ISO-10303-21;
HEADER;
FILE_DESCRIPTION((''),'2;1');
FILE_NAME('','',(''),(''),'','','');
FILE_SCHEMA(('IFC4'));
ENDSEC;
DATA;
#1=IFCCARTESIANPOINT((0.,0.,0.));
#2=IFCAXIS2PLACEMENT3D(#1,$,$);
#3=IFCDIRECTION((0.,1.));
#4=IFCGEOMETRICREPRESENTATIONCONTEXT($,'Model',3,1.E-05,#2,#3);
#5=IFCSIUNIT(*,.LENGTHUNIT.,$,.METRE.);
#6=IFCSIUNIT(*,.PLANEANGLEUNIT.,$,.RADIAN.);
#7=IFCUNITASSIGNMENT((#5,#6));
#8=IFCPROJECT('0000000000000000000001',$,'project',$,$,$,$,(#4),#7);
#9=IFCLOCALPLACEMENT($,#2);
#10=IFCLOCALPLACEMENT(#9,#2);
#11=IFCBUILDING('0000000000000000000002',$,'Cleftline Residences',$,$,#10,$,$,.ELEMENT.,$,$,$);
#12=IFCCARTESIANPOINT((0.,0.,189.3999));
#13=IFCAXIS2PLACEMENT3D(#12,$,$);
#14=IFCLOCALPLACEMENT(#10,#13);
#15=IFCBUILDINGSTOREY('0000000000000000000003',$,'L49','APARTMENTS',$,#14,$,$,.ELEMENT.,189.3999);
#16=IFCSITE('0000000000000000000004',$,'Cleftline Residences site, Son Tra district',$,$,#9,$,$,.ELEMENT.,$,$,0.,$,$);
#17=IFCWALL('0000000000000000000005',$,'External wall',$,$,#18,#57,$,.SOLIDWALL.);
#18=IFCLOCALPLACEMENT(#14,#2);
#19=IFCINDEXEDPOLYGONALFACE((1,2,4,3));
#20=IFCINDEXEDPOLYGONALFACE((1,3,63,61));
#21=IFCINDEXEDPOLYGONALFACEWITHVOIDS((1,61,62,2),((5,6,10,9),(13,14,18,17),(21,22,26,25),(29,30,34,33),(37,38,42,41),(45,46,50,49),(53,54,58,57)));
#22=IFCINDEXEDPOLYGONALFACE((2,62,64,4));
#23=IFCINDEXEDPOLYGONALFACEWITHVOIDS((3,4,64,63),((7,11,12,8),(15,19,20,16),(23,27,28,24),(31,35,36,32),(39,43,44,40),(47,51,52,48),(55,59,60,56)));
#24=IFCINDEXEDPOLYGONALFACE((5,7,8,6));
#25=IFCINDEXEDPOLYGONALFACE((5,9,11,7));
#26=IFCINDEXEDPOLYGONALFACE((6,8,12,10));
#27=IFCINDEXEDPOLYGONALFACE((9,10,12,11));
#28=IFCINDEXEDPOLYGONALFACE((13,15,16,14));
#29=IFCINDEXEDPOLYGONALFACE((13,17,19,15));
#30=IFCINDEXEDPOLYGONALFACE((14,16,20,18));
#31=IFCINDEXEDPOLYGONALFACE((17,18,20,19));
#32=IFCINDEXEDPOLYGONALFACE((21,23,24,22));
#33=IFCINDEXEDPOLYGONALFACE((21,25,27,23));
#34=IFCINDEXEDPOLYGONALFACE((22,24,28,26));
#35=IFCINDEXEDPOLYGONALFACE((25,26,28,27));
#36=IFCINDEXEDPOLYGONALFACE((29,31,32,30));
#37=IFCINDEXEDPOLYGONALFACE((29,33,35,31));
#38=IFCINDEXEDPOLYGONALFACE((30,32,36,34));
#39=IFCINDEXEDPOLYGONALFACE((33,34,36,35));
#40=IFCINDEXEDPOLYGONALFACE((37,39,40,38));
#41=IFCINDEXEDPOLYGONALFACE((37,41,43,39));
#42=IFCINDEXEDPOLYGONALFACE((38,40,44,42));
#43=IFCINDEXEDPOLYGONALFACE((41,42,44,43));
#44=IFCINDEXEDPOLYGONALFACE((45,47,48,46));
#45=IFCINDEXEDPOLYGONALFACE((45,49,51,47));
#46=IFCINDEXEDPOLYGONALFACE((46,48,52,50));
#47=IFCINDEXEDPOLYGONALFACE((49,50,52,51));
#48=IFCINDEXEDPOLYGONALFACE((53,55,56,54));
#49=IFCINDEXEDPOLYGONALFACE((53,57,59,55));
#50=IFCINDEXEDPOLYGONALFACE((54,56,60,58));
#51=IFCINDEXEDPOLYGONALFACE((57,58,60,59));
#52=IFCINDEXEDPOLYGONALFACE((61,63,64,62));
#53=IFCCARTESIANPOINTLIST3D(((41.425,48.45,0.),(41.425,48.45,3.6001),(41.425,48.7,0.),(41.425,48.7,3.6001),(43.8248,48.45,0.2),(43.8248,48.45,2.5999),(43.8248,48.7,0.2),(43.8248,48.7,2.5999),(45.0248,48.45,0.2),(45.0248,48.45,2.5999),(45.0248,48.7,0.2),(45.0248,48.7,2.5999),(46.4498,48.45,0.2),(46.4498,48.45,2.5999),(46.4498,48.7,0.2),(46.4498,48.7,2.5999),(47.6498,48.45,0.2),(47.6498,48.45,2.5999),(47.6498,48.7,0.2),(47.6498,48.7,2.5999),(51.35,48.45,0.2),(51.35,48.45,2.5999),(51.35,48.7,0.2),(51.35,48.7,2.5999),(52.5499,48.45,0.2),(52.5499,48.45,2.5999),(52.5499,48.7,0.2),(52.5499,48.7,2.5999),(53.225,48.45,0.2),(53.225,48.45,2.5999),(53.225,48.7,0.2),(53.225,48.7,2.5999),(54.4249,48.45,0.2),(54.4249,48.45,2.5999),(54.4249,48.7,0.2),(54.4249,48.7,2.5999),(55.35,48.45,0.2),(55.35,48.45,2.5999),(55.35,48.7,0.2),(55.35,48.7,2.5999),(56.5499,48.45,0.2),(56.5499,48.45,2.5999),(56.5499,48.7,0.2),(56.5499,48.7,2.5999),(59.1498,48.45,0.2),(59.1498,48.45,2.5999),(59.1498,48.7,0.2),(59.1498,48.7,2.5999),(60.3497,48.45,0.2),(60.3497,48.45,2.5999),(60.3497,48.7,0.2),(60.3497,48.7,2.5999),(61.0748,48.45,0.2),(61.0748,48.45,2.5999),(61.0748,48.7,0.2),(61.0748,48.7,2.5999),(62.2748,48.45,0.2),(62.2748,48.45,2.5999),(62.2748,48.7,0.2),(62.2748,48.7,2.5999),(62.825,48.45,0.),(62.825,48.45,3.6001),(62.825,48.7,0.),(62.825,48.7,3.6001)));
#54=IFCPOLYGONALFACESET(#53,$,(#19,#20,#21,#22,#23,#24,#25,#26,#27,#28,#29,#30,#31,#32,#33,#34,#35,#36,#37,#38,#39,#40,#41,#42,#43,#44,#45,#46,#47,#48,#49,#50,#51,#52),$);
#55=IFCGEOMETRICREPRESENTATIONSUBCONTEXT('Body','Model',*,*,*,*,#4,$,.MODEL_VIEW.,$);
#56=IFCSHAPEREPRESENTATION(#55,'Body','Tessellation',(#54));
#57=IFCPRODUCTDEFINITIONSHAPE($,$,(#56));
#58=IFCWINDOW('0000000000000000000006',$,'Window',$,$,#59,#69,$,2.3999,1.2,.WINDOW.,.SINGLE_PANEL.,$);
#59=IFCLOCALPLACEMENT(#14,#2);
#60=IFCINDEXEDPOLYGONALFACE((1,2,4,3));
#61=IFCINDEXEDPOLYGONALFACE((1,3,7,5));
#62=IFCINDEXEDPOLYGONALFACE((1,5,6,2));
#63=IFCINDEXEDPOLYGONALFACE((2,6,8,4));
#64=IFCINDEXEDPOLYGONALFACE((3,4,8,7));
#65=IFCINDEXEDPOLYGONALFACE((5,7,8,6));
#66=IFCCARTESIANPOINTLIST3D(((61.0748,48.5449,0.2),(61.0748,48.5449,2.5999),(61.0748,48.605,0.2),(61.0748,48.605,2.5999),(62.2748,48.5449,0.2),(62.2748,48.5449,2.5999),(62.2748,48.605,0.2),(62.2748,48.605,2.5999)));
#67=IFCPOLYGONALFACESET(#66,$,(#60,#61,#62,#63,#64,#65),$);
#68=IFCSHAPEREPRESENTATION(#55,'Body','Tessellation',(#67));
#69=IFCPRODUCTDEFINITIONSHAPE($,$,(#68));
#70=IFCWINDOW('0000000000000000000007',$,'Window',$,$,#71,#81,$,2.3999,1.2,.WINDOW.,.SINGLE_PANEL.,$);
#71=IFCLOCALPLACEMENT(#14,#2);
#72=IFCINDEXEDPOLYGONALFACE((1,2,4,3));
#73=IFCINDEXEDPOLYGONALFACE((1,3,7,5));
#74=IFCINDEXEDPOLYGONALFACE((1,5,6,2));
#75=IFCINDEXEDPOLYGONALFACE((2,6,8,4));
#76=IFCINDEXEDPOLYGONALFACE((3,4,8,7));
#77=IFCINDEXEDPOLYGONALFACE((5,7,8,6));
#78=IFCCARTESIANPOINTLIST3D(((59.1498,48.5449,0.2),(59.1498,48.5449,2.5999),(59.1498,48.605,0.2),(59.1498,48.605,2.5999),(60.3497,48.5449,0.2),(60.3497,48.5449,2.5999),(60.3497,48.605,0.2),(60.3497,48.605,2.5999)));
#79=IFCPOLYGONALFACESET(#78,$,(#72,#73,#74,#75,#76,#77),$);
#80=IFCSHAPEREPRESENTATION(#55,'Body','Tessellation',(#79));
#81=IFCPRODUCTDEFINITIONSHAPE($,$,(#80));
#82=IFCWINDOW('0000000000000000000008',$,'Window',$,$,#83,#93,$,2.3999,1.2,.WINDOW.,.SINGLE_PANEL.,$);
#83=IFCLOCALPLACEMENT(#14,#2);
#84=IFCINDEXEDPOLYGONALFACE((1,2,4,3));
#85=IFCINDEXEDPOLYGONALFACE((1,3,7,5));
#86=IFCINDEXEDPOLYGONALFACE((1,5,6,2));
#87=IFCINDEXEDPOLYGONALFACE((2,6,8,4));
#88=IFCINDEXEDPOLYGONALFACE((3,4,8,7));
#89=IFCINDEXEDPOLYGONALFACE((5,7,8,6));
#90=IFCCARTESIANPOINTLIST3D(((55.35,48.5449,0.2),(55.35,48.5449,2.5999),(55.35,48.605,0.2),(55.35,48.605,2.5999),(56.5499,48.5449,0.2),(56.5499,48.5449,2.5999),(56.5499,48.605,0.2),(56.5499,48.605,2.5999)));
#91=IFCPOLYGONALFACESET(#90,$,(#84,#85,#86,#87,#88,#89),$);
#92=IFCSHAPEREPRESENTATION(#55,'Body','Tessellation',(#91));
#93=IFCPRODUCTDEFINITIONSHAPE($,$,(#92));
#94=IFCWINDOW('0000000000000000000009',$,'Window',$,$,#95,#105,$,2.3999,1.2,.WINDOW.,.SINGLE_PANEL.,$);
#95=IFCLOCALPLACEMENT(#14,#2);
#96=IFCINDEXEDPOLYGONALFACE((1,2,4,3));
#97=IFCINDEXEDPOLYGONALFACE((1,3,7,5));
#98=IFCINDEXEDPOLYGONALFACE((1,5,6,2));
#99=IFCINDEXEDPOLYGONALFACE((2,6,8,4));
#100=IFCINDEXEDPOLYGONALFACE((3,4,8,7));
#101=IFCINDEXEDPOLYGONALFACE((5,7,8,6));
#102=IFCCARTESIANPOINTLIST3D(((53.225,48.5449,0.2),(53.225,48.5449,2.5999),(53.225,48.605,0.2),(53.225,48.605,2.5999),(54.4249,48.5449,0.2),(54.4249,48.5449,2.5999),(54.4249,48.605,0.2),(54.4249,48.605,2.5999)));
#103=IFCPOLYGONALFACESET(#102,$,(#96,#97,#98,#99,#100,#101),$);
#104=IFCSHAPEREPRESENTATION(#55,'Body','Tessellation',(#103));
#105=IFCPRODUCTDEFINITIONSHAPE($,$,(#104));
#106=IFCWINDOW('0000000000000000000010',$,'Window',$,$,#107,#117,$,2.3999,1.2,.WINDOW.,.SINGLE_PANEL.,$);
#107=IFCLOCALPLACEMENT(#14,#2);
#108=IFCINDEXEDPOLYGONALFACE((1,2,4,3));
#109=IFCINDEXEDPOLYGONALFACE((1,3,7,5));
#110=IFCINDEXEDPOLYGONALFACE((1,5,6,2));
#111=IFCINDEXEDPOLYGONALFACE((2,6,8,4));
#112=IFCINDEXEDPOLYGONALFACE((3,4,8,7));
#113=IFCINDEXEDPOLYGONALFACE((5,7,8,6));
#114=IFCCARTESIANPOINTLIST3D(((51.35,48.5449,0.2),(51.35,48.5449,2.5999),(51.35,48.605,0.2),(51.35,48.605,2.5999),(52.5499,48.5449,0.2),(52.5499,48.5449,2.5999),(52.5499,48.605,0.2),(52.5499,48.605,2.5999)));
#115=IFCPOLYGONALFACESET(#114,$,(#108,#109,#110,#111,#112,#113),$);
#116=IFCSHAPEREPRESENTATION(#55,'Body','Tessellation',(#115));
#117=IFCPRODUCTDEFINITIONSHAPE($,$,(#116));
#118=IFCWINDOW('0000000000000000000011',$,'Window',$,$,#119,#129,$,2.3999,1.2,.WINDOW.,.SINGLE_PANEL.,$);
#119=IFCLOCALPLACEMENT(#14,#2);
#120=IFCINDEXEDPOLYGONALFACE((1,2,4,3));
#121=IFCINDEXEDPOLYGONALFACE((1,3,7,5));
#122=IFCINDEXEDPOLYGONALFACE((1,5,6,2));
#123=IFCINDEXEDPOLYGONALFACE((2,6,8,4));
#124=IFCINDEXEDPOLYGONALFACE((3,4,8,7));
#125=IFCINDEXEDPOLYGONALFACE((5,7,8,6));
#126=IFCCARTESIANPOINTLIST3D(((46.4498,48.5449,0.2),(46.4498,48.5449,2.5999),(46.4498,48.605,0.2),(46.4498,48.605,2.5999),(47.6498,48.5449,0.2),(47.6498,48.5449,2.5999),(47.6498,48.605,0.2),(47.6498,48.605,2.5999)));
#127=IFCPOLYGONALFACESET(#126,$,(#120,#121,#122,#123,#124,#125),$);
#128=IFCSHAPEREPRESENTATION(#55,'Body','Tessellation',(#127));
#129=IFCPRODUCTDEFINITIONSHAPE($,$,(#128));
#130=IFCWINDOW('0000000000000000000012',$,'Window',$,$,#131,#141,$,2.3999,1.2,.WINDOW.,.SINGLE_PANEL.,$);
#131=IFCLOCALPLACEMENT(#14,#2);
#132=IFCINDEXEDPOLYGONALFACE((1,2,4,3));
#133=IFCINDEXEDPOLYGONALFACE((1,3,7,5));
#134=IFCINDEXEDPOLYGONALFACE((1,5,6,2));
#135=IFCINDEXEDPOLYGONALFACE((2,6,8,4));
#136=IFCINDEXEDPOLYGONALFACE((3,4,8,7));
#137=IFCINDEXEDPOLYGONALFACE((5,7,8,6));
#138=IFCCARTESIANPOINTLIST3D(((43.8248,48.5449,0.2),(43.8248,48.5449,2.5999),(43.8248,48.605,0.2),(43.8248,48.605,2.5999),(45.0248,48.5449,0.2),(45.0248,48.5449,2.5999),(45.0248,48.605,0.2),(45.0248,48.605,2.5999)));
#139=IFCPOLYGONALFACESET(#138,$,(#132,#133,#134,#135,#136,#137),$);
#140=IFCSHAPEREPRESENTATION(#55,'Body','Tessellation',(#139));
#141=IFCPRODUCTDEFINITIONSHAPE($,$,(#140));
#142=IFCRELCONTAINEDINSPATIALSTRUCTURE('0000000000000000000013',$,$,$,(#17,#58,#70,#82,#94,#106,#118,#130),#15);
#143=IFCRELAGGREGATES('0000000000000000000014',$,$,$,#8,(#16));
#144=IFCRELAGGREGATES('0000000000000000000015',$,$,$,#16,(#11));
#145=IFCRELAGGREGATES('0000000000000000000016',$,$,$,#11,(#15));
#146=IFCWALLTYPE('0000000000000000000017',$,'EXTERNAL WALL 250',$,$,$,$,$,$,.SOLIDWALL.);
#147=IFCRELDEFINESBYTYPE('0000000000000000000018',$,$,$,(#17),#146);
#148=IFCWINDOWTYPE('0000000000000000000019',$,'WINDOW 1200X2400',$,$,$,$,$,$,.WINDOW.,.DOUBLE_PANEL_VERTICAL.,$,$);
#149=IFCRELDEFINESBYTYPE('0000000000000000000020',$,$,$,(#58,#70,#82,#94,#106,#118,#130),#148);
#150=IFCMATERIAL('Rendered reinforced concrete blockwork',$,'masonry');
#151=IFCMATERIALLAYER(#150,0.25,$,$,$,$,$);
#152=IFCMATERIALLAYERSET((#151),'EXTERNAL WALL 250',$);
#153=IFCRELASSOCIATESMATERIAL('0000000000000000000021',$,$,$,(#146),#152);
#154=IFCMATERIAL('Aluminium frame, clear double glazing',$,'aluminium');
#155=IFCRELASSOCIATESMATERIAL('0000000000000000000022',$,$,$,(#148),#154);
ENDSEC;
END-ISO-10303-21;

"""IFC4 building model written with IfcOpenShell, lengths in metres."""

from ifc_helpers import new_model, si_unit, direction, frame, frame_2d, origin, place, context, subcontext, project, spatial, rectangle, extrude, material, layer, layer_set, type_object, element, fill, save


model = new_model("IFC4")

# Units and contexts
model_context = context("Model", 3, precision=1e-05, world=origin(), true_north=direction((0.0, 1.0)))
body_context = subcontext(model_context, "Body", "Model", "MODEL_VIEW")
ifc_project = project(units=[si_unit("LENGTHUNIT", "METRE"), si_unit("PLANEANGLEUNIT", "RADIAN")], contexts=[model_context])

# Site, building, storey
site_placement = place(None, origin())
site = spatial("IfcSite", under=ifc_project, at=site_placement, Name="Cleftline Residences site, Son Tra district", CompositionType="ELEMENT", RefElevation=0.0)
building_placement = place(site_placement, origin())
building = spatial("IfcBuilding", under=site, at=building_placement, Name="Cleftline Residences", CompositionType="ELEMENT")
storey_placement = place(building_placement, frame((0.0, 0.0, 189.3999)))
storey = spatial("IfcBuildingStorey", under=building, at=storey_placement, Name="L49", Description="APARTMENTS", CompositionType="ELEMENT", Elevation=189.3999)

# Shared definitions
ifc_material_1 = material(Name="Rendered reinforced concrete blockwork", Category="masonry")
ifc_layer_1 = layer(ifc_material_1, 0.25)
ifc_layer_set_1 = layer_set([ifc_layer_1], Name="EXTERNAL WALL 250")
wall_type_1 = type_object("IfcWallType", Name="EXTERNAL WALL 250", PredefinedType="SOLIDWALL", material=ifc_layer_set_1)
ifc_material_2 = material(Name="Aluminium frame, clear double glazing", Category="aluminium")
window_type_1 = type_object("IfcWindowType", Name="WINDOW 1200X2400", PartitioningType="DOUBLE_PANEL_VERTICAL", PredefinedType="WINDOW", material=ifc_material_2)

# Wall, openings, windows
wall_1_placement = place(storey_placement, frame((62.825, 48.575, 0.0), z_axis=(0.0, 0.0, 1.0), x_axis=(-1.0, 0.0, 0.0)))
wall_1 = element("IfcWall", 1, at=wall_1_placement, inside=storey, type_object=wall_type_1, Name="External wall", PredefinedType="SOLIDWALL", context=body_context, shape_type="SweptSolid", body=[
    extrude(rectangle(XDim=21.3999, YDim=0.25, at=frame_2d((10.7, 0.0))), origin(), (0.0, 0.0, 1.0), 3.6001),
])
opening_1_placement = place(wall_1_placement, frame((0.55, 0.0, 0.2)))
opening_1 = element("IfcOpeningElement", 2, at=opening_1_placement, cuts=wall_1, PredefinedType="OPENING", context=body_context, shape_type="SweptSolid", body=[
    extrude(rectangle(XDim=1.2, YDim=2.3999, at=frame_2d((0.6001, 1.2))), frame((0.0, 0.135, 0.0), z_axis=(0.0, -1.0, 0.0), x_axis=(1.0, 0.0, 0.0)), (0.0, 0.0, 1.0), 0.27),
])
opening_2_placement = place(wall_1_placement, frame((2.4751, 0.0, 0.2)))
opening_2 = element("IfcOpeningElement", 3, at=opening_2_placement, cuts=wall_1, PredefinedType="OPENING", context=body_context, shape_type="SweptSolid", body=[
    extrude(rectangle(XDim=1.2, YDim=2.3999, at=frame_2d((0.6001, 1.2))), frame((0.0, 0.135, 0.0), z_axis=(0.0, -1.0, 0.0), x_axis=(1.0, 0.0, 0.0)), (0.0, 0.0, 1.0), 0.27),
])
opening_3_placement = place(wall_1_placement, frame((6.2749, 0.0, 0.2)))
opening_3 = element("IfcOpeningElement", 4, at=opening_3_placement, cuts=wall_1, PredefinedType="OPENING", context=body_context, shape_type="SweptSolid", body=[
    extrude(rectangle(XDim=1.2, YDim=2.3999, at=frame_2d((0.6001, 1.2))), frame((0.0, 0.135, 0.0), z_axis=(0.0, -1.0, 0.0), x_axis=(1.0, 0.0, 0.0)), (0.0, 0.0, 1.0), 0.27),
])
opening_4_placement = place(wall_1_placement, frame((8.3999, 0.0, 0.2)))
opening_4 = element("IfcOpeningElement", 5, at=opening_4_placement, cuts=wall_1, PredefinedType="OPENING", context=body_context, shape_type="SweptSolid", body=[
    extrude(rectangle(XDim=1.2, YDim=2.3999, at=frame_2d((0.6001, 1.2))), frame((0.0, 0.135, 0.0), z_axis=(0.0, -1.0, 0.0), x_axis=(1.0, 0.0, 0.0)), (0.0, 0.0, 1.0), 0.27),
])
opening_5_placement = place(wall_1_placement, frame((10.2749, 0.0, 0.2)))
opening_5 = element("IfcOpeningElement", 6, at=opening_5_placement, cuts=wall_1, PredefinedType="OPENING", context=body_context, shape_type="SweptSolid", body=[
    extrude(rectangle(XDim=1.2, YDim=2.3999, at=frame_2d((0.6001, 1.2))), frame((0.0, 0.135, 0.0), z_axis=(0.0, -1.0, 0.0), x_axis=(1.0, 0.0, 0.0)), (0.0, 0.0, 1.0), 0.27),
])
opening_6_placement = place(wall_1_placement, frame((15.175, 0.0, 0.2)))
opening_6 = element("IfcOpeningElement", 7, at=opening_6_placement, cuts=wall_1, PredefinedType="OPENING", context=body_context, shape_type="SweptSolid", body=[
    extrude(rectangle(XDim=1.2, YDim=2.3999, at=frame_2d((0.6001, 1.2))), frame((0.0, 0.135, 0.0), z_axis=(0.0, -1.0, 0.0), x_axis=(1.0, 0.0, 0.0)), (0.0, 0.0, 1.0), 0.27),
])
opening_7_placement = place(wall_1_placement, frame((17.8, 0.0, 0.2)))
opening_7 = element("IfcOpeningElement", 8, at=opening_7_placement, cuts=wall_1, PredefinedType="OPENING", context=body_context, shape_type="SweptSolid", body=[
    extrude(rectangle(XDim=1.2, YDim=2.3999, at=frame_2d((0.6001, 1.2))), frame((0.0, 0.135, 0.0), z_axis=(0.0, -1.0, 0.0), x_axis=(1.0, 0.0, 0.0)), (0.0, 0.0, 1.0), 0.27),
])
window_1_placement = place(opening_1_placement, origin())
window_1 = element("IfcWindow", 9, at=window_1_placement, inside=storey, type_object=window_type_1, Name="Window", OverallHeight=2.3999, OverallWidth=1.2, PartitioningType="SINGLE_PANEL", PredefinedType="WINDOW", context=body_context, shape_type="SweptSolid", body=[
    extrude(rectangle(XDim=1.2, YDim=2.3999, at=frame_2d((0.6001, 1.2))), frame((0.0, 0.03, 0.0), z_axis=(0.0, -1.0, 0.0), x_axis=(1.0, 0.0, 0.0)), (0.0, 0.0, 1.0), 0.0601),
])
fill(opening_1, window_1)
window_2_placement = place(opening_2_placement, origin())
window_2 = element("IfcWindow", 10, at=window_2_placement, inside=storey, type_object=window_type_1, Name="Window", OverallHeight=2.3999, OverallWidth=1.2, PartitioningType="SINGLE_PANEL", PredefinedType="WINDOW", context=body_context, shape_type="SweptSolid", body=[
    extrude(rectangle(XDim=1.2, YDim=2.3999, at=frame_2d((0.6001, 1.2))), frame((0.0, 0.03, 0.0), z_axis=(0.0, -1.0, 0.0), x_axis=(1.0, 0.0, 0.0)), (0.0, 0.0, 1.0), 0.0601),
])
fill(opening_2, window_2)
window_3_placement = place(opening_3_placement, origin())
window_3 = element("IfcWindow", 11, at=window_3_placement, inside=storey, type_object=window_type_1, Name="Window", OverallHeight=2.3999, OverallWidth=1.2, PartitioningType="SINGLE_PANEL", PredefinedType="WINDOW", context=body_context, shape_type="SweptSolid", body=[
    extrude(rectangle(XDim=1.2, YDim=2.3999, at=frame_2d((0.6001, 1.2))), frame((0.0, 0.03, 0.0), z_axis=(0.0, -1.0, 0.0), x_axis=(1.0, 0.0, 0.0)), (0.0, 0.0, 1.0), 0.0601),
])
fill(opening_3, window_3)
window_4_placement = place(opening_4_placement, origin())
window_4 = element("IfcWindow", 12, at=window_4_placement, inside=storey, type_object=window_type_1, Name="Window", OverallHeight=2.3999, OverallWidth=1.2, PartitioningType="SINGLE_PANEL", PredefinedType="WINDOW", context=body_context, shape_type="SweptSolid", body=[
    extrude(rectangle(XDim=1.2, YDim=2.3999, at=frame_2d((0.6001, 1.2))), frame((0.0, 0.03, 0.0), z_axis=(0.0, -1.0, 0.0), x_axis=(1.0, 0.0, 0.0)), (0.0, 0.0, 1.0), 0.0601),
])
fill(opening_4, window_4)
window_5_placement = place(opening_5_placement, origin())
window_5 = element("IfcWindow", 13, at=window_5_placement, inside=storey, type_object=window_type_1, Name="Window", OverallHeight=2.3999, OverallWidth=1.2, PartitioningType="SINGLE_PANEL", PredefinedType="WINDOW", context=body_context, shape_type="SweptSolid", body=[
    extrude(rectangle(XDim=1.2, YDim=2.3999, at=frame_2d((0.6001, 1.2))), frame((0.0, 0.03, 0.0), z_axis=(0.0, -1.0, 0.0), x_axis=(1.0, 0.0, 0.0)), (0.0, 0.0, 1.0), 0.0601),
])
fill(opening_5, window_5)
window_6_placement = place(opening_6_placement, origin())
window_6 = element("IfcWindow", 14, at=window_6_placement, inside=storey, type_object=window_type_1, Name="Window", OverallHeight=2.3999, OverallWidth=1.2, PartitioningType="SINGLE_PANEL", PredefinedType="WINDOW", context=body_context, shape_type="SweptSolid", body=[
    extrude(rectangle(XDim=1.2, YDim=2.3999, at=frame_2d((0.6001, 1.2))), frame((0.0, 0.03, 0.0), z_axis=(0.0, -1.0, 0.0), x_axis=(1.0, 0.0, 0.0)), (0.0, 0.0, 1.0), 0.0601),
])
fill(opening_6, window_6)
window_7_placement = place(opening_7_placement, origin())
window_7 = element("IfcWindow", 15, at=window_7_placement, inside=storey, type_object=window_type_1, Name="Window", OverallHeight=2.3999, OverallWidth=1.2, PartitioningType="SINGLE_PANEL", PredefinedType="WINDOW", context=body_context, shape_type="SweptSolid", body=[
    extrude(rectangle(XDim=1.2, YDim=2.3999, at=frame_2d((0.6001, 1.2))), frame((0.0, 0.03, 0.0), z_axis=(0.0, -1.0, 0.0), x_axis=(1.0, 0.0, 0.0)), (0.0, 0.0, 1.0), 0.0601),
])
fill(opening_7, window_7)

save(model, "model.ifc")
